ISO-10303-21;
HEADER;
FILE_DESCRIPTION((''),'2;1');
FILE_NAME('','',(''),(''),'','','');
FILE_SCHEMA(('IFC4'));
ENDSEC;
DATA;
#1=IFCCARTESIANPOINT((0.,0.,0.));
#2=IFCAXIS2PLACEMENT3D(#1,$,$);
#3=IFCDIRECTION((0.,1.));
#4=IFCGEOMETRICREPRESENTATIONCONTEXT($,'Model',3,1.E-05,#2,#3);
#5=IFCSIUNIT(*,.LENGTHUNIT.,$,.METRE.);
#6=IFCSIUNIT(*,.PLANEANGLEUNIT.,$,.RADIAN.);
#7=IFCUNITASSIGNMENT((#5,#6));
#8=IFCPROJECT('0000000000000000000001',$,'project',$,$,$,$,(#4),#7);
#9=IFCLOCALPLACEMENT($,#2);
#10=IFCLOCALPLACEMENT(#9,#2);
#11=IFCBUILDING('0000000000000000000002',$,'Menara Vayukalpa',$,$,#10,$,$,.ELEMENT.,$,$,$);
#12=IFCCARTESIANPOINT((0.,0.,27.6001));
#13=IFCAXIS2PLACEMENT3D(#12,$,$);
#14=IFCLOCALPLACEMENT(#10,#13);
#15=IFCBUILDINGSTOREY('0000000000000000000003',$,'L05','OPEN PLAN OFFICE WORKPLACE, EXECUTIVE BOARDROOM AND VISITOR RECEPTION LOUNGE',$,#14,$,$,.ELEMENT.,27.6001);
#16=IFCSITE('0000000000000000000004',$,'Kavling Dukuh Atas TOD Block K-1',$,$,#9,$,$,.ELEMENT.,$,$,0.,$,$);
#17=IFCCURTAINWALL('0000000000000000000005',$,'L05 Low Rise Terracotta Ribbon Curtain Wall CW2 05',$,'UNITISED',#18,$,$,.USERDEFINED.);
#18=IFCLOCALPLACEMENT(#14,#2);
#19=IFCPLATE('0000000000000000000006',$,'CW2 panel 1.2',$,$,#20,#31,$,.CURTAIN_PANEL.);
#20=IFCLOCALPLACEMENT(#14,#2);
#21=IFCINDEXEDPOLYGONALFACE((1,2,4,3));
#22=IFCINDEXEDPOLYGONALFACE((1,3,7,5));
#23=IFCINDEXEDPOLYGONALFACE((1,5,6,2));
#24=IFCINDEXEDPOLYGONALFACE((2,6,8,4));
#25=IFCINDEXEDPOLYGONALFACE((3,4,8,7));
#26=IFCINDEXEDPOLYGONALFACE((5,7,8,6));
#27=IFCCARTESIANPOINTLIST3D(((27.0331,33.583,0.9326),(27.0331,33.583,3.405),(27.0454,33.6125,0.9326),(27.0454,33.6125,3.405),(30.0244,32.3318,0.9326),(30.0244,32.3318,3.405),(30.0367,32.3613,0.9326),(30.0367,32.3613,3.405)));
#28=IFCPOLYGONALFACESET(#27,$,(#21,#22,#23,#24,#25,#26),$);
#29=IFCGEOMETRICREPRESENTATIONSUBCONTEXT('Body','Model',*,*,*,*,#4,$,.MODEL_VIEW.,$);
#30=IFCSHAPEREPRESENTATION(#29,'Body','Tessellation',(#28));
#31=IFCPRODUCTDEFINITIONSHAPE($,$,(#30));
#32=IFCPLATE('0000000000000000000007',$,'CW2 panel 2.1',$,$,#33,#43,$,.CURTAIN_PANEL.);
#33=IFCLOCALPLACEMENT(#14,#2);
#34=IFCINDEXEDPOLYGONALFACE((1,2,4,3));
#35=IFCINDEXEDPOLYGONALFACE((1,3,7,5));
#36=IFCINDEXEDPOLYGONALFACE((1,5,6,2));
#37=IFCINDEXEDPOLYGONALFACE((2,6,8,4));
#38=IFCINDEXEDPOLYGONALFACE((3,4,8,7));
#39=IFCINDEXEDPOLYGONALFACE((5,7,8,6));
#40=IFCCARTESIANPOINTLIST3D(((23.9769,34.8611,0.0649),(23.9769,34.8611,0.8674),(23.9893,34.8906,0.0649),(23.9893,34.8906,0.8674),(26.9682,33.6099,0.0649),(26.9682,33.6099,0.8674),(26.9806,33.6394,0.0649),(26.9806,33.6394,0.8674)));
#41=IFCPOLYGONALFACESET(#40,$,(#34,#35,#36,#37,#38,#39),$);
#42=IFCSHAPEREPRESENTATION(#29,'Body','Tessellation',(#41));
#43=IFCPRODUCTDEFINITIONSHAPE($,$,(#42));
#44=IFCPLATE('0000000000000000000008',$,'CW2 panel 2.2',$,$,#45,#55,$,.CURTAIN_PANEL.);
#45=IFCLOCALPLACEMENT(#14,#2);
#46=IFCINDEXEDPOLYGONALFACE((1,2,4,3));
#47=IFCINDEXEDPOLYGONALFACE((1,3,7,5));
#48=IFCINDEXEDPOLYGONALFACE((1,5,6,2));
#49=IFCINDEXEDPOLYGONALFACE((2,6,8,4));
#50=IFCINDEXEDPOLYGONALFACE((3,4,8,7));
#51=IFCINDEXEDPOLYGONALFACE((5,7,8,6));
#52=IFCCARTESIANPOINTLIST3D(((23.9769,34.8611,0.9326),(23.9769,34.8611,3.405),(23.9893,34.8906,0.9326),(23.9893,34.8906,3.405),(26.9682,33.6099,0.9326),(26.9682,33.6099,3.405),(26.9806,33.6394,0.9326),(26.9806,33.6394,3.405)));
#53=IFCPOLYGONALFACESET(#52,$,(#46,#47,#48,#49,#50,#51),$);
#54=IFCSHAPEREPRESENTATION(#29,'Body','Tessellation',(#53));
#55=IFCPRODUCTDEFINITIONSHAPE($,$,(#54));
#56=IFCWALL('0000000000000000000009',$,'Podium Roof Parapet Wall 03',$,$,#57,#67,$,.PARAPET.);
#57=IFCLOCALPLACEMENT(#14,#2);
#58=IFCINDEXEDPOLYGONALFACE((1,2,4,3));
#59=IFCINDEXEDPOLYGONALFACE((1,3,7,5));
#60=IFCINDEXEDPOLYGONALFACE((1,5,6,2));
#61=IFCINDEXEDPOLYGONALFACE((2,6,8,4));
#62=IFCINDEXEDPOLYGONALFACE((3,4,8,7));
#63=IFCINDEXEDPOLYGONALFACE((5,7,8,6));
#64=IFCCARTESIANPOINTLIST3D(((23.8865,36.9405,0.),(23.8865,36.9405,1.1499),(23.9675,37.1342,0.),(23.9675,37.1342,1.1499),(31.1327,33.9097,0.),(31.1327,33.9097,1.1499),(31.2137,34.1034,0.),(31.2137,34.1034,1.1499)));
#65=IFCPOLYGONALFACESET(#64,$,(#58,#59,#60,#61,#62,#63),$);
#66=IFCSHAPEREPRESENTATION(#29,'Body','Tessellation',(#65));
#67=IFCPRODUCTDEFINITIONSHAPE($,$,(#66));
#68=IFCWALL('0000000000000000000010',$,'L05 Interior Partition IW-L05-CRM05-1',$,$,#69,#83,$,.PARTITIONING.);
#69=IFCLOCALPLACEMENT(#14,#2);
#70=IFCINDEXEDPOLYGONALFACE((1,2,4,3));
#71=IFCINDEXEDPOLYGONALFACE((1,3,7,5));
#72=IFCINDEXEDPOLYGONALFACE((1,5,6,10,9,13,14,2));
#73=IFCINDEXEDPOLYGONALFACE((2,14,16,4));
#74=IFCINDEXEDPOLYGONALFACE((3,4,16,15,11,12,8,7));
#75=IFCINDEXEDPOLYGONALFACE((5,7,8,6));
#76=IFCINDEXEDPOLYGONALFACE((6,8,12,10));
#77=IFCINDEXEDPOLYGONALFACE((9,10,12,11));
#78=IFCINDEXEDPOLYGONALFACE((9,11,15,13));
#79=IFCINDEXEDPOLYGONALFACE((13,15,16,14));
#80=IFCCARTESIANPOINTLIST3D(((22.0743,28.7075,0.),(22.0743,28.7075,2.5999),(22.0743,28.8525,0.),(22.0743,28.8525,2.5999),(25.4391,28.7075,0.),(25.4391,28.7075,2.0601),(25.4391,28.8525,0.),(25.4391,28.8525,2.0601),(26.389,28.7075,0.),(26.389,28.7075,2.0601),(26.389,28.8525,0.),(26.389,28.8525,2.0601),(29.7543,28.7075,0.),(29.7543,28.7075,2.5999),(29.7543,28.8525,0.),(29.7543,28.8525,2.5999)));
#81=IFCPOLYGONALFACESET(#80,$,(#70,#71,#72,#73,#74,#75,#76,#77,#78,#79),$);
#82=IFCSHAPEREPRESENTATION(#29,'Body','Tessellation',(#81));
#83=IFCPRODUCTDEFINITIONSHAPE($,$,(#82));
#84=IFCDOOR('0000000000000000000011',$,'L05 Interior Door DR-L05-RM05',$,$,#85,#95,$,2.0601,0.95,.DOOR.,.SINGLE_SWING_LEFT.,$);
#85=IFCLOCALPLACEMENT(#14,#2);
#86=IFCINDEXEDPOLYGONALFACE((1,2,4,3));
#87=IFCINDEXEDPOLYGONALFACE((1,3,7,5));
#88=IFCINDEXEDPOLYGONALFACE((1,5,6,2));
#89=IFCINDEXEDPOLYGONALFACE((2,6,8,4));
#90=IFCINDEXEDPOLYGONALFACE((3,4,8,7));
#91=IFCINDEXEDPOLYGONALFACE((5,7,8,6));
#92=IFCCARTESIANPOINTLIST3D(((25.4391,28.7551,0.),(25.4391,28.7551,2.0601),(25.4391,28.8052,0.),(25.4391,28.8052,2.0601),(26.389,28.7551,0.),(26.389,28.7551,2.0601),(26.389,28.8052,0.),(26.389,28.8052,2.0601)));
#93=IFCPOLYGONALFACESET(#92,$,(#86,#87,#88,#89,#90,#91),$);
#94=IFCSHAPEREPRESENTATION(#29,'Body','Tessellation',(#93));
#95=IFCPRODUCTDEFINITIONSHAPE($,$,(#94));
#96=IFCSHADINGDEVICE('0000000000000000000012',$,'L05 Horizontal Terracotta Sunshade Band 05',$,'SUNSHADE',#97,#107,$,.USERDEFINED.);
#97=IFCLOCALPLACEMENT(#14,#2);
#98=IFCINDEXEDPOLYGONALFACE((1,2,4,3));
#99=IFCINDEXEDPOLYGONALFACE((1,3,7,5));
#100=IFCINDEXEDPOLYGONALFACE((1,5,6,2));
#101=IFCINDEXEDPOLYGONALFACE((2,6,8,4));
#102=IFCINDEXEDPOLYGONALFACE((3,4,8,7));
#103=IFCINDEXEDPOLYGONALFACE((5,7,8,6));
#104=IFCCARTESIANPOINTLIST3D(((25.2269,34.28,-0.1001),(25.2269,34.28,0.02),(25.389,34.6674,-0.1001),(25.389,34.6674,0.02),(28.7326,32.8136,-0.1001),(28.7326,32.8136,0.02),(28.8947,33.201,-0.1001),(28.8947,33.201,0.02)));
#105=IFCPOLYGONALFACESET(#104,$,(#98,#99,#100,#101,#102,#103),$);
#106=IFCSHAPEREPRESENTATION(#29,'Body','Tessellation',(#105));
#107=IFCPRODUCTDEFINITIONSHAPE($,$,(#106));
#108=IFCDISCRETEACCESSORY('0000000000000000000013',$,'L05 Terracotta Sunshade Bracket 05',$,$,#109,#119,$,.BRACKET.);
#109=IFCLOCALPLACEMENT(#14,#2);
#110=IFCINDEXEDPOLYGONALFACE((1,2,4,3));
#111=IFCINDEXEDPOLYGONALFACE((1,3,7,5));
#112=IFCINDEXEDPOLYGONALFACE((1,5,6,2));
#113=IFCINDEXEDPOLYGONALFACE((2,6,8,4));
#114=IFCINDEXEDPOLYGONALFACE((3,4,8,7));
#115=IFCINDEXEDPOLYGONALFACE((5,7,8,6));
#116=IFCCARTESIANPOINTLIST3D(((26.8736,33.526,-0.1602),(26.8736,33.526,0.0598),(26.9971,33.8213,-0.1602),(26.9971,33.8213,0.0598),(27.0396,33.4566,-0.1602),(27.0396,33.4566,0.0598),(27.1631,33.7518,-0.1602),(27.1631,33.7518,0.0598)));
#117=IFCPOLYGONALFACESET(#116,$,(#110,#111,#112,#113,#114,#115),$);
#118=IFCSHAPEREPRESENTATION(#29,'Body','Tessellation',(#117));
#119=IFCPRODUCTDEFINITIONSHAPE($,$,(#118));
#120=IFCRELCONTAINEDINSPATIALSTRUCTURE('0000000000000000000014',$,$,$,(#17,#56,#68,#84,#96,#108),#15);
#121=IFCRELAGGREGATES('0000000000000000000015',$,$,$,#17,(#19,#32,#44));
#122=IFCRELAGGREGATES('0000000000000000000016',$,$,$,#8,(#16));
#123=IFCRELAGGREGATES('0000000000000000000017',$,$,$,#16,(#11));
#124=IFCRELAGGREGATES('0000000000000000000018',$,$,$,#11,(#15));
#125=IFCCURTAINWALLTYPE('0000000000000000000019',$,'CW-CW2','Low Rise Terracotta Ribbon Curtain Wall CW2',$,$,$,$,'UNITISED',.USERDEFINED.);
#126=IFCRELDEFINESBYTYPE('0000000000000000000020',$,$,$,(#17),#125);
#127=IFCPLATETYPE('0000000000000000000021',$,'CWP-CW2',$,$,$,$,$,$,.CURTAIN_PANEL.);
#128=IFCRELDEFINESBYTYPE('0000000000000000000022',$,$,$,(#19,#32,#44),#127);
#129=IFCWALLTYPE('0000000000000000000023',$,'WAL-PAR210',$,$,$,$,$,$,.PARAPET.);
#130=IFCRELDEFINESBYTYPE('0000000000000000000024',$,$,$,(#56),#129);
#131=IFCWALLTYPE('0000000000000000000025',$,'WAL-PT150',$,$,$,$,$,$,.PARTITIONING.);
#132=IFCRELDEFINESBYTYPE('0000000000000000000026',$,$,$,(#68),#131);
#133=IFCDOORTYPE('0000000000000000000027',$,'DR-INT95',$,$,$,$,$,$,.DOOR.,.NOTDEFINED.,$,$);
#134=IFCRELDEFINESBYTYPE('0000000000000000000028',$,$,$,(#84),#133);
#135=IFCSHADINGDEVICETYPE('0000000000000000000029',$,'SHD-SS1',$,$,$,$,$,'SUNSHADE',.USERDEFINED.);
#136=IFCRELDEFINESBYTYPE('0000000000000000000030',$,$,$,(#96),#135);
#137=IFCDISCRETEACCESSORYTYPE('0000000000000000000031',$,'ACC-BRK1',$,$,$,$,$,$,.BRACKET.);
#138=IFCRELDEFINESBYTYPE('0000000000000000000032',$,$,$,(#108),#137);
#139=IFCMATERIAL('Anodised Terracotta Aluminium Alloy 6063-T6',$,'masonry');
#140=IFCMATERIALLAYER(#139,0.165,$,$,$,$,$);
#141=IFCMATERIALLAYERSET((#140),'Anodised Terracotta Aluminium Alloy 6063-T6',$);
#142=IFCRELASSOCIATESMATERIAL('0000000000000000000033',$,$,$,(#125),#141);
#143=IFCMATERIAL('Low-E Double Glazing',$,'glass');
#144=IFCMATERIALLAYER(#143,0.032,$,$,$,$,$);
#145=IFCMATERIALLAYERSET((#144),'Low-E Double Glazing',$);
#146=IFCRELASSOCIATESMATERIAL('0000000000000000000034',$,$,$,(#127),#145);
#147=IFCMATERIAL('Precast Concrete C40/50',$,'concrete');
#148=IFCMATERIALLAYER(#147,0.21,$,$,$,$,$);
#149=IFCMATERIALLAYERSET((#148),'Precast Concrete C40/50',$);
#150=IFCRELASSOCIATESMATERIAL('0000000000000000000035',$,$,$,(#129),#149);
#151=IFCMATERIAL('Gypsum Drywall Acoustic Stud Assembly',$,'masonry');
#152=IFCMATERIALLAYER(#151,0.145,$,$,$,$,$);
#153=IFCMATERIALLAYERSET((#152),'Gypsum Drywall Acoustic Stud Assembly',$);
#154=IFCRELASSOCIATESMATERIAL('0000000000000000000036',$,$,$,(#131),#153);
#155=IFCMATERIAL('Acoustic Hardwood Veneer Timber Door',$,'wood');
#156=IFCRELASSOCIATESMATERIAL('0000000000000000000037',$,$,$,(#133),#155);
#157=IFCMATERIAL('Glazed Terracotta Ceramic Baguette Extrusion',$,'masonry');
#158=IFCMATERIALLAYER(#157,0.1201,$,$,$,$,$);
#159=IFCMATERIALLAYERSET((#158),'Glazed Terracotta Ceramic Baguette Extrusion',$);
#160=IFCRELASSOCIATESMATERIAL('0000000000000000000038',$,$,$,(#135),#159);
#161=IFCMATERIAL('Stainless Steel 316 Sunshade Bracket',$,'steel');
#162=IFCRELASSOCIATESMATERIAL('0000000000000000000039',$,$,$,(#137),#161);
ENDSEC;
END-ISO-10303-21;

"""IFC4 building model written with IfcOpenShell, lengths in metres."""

from ifc_helpers import new_model, si_unit, direction, frame, frame_2d, origin, origin_2d, place, context, subcontext, project, spatial, rectangle, extrude, material, layer, layer_set, type_object, element, fill, aggregate, save


model = new_model("IFC4")

# Units and contexts
model_context = context("Model", 3, precision=1e-05, world=origin(), true_north=direction((0.0, 1.0)))
body_context = subcontext(model_context, "Body", "Model", "MODEL_VIEW")
ifc_project = project(units=[si_unit("LENGTHUNIT", "METRE"), si_unit("PLANEANGLEUNIT", "RADIAN")], contexts=[model_context])

# Site, building, storey
site_placement = place(None, origin())
site = spatial("IfcSite", under=ifc_project, at=site_placement, Name="Kavling Dukuh Atas TOD Block K-1", CompositionType="ELEMENT", RefElevation=0.0)
building_placement = place(site_placement, origin())
building = spatial("IfcBuilding", under=site, at=building_placement, Name="Menara Vayukalpa", CompositionType="ELEMENT")
storey_placement = place(building_placement, frame((0.0, 0.0, 27.6001)))
storey = spatial("IfcBuildingStorey", under=building, at=storey_placement, Name="L05", Description="OPEN PLAN OFFICE WORKPLACE, EXECUTIVE BOARDROOM AND VISITOR RECEPTION LOUNGE", CompositionType="ELEMENT", Elevation=27.6001)

# Shared definitions
ifc_material_1 = material(Name="Anodised Terracotta Aluminium Alloy 6063-T6", Category="masonry")
ifc_layer_1 = layer(ifc_material_1, 0.165)
ifc_layer_set_1 = layer_set([ifc_layer_1], Name="Anodised Terracotta Aluminium Alloy 6063-T6")
curtain_wall_type = type_object("IfcCurtainWallType", Name="CW-CW2", Description="Low Rise Terracotta Ribbon Curtain Wall CW2", ElementType="UNITISED", PredefinedType="USERDEFINED", material=ifc_layer_set_1)

# Curtain wall, plates
curtain_wall_1_placement = place(storey_placement, origin())
curtain_wall_1 = element("IfcCurtainWall", 1, at=curtain_wall_1_placement, inside=storey, type_object=curtain_wall_type, Name="L05 Low Rise Terracotta Ribbon Curtain Wall CW2 05", ObjectType="UNITISED", PredefinedType="USERDEFINED")
ifc_material_2 = material(Name="Low-E Double Glazing", Category="glass")
ifc_layer_2 = layer(ifc_material_2, 0.032)
ifc_layer_set_2 = layer_set([ifc_layer_2], Name="Low-E Double Glazing")
plate_type = type_object("IfcPlateType", Name="CWP-CW2", PredefinedType="CURTAIN_PANEL", material=ifc_layer_set_2)
plate_1_placement = place(storey_placement, frame((28.5349, 32.9722, 0.9326), z_axis=(0.0, 0.0, 1.0), x_axis=(-0.922543, 0.385895, 0.0)))
plate_1 = element("IfcPlate", 2, at=plate_1_placement, type_object=plate_type, Name="CW2 panel 1.2", PredefinedType="CURTAIN_PANEL", context=body_context, shape_type="SweptSolid", body=[
    extrude(rectangle(XDim=3.2424, YDim=0.032, at=origin_2d()), origin(), (0.0, 0.0, 1.0), 2.4724),
])
plate_2_placement = place(storey_placement, frame((25.4788, 34.2502, 0.0649), z_axis=(0.0, 0.0, 1.0), x_axis=(-0.922543, 0.385895, 0.0)))
plate_2 = element("IfcPlate", 3, at=plate_2_placement, type_object=plate_type, Name="CW2 panel 2.1", PredefinedType="CURTAIN_PANEL", context=body_context, shape_type="SweptSolid", body=[
    extrude(rectangle(XDim=3.2424, YDim=0.032, at=origin_2d()), origin(), (0.0, 0.0, 1.0), 0.8025),
])
plate_3_placement = place(storey_placement, frame((25.4788, 34.2502, 0.9326), z_axis=(0.0, 0.0, 1.0), x_axis=(-0.922543, 0.385895, 0.0)))
plate_3 = element("IfcPlate", 4, at=plate_3_placement, type_object=plate_type, Name="CW2 panel 2.2", PredefinedType="CURTAIN_PANEL", context=body_context, shape_type="SweptSolid", body=[
    extrude(rectangle(XDim=3.2424, YDim=0.032, at=origin_2d()), origin(), (0.0, 0.0, 1.0), 2.4724),
])
aggregate(curtain_wall_1, [plate_1, plate_2, plate_3])

# Wall
ifc_material_3 = material(Name="Precast Concrete C40/50", Category="concrete")
ifc_layer_3 = layer(ifc_material_3, 0.21)
ifc_layer_set_3 = layer_set([ifc_layer_3], Name="Precast Concrete C40/50")
wall_type_1 = type_object("IfcWallType", Name="WAL-PAR210", PredefinedType="PARAPET", material=ifc_layer_set_3)
wall_1_placement = place(storey_placement, frame((23.927, 37.0374, 0.0), z_axis=(0.0, 0.0, 1.0), x_axis=(0.922554, -0.385869, 0.0)))
element("IfcWall", 5, at=wall_1_placement, inside=storey, type_object=wall_type_1, Name="Podium Roof Parapet Wall 03", PredefinedType="PARAPET", context=body_context, shape_type="SweptSolid", body=[
    extrude(rectangle(XDim=7.8545, YDim=0.21, at=frame_2d((3.9272, 0.0))), origin(), (0.0, 0.0, 1.0), 1.1499),
])

# Wall, opening, door
ifc_material_4 = material(Name="Gypsum Drywall Acoustic Stud Assembly", Category="masonry")
ifc_layer_4 = layer(ifc_material_4, 0.145)
ifc_layer_set_4 = layer_set([ifc_layer_4], Name="Gypsum Drywall Acoustic Stud Assembly")
wall_type_2 = type_object("IfcWallType", Name="WAL-PT150", PredefinedType="PARTITIONING", material=ifc_layer_set_4)
wall_2_placement = place(storey_placement, frame((29.7542, 28.78, 0.0), z_axis=(0.0, 0.0, 1.0), x_axis=(-1.0, 0.0, 0.0)))
wall_2 = element("IfcWall", 6, at=wall_2_placement, inside=storey, type_object=wall_type_2, Name="L05 Interior Partition IW-L05-CRM05-1", PredefinedType="PARTITIONING", context=body_context, shape_type="SweptSolid", body=[
    extrude(rectangle(XDim=7.6799, YDim=0.145, at=frame_2d((3.8398, 0.0))), origin(), (0.0, 0.0, 1.0), 2.5999),
])
opening_placement = place(wall_2_placement, frame((3.365, 0.0, 0.0)))
opening = element("IfcOpeningElement", 7, at=opening_placement, cuts=wall_2, PredefinedType="OPENING", context=body_context, shape_type="SweptSolid", body=[
    extrude(rectangle(XDim=0.95, YDim=2.0601, at=frame_2d((0.4751, 1.03))), frame((0.0, 0.0825, 0.0), z_axis=(0.0, -1.0, 0.0), x_axis=(1.0, 0.0, 0.0)), (0.0, 0.0, 1.0), 0.165),
])
ifc_material_5 = material(Name="Acoustic Hardwood Veneer Timber Door", Category="wood")
door_type = type_object("IfcDoorType", Name="DR-INT95", OperationType="NOTDEFINED", PredefinedType="DOOR", material=ifc_material_5)
door_placement = place(opening_placement, origin())
door = element("IfcDoor", 8, at=door_placement, inside=storey, type_object=door_type, Name="L05 Interior Door DR-L05-RM05", OperationType="SINGLE_SWING_LEFT", OverallHeight=2.0601, OverallWidth=0.95, PredefinedType="DOOR", context=body_context, shape_type="SweptSolid", body=[
    extrude(rectangle(XDim=0.95, YDim=2.0601, at=frame_2d((0.4751, 1.03))), frame((0.0, 0.0249, 0.0), z_axis=(0.0, -1.0, 0.0), x_axis=(1.0, 0.0, 0.0)), (0.0, 0.0, 1.0), 0.05),
])
fill(opening, door)

# Shading device
ifc_material_6 = material(Name="Glazed Terracotta Ceramic Baguette Extrusion", Category="masonry")
ifc_layer_5 = layer(ifc_material_6, 0.1201)
ifc_layer_set_5 = layer_set([ifc_layer_5], Name="Glazed Terracotta Ceramic Baguette Extrusion")
shading_device_type = type_object("IfcShadingDeviceType", Name="SHD-SS1", ElementType="SUNSHADE", PredefinedType="USERDEFINED", material=ifc_layer_set_5)
shading_device_placement = place(storey_placement, frame((27.0608, 33.7405, -0.1001), z_axis=(0.0, 0.0, 1.0), x_axis=(-0.922545, 0.38589, 0.0)))
element("IfcShadingDevice", 9, at=shading_device_placement, inside=storey, type_object=shading_device_type, Name="L05 Horizontal Terracotta Sunshade Band 05", ObjectType="SUNSHADE", PredefinedType="USERDEFINED", context=body_context, shape_type="SweptSolid", body=[
    extrude(rectangle(XDim=3.8, YDim=0.4199, at=origin_2d()), origin(), (0.0, 0.0, 1.0), 0.1201),
])

# Discrete accessory
ifc_material_7 = material(Name="Stainless Steel 316 Sunshade Bracket", Category="steel")
discrete_accessory_type = type_object("IfcDiscreteAccessoryType", Name="ACC-BRK1", PredefinedType="BRACKET", material=ifc_material_7)
discrete_accessory_placement = place(storey_placement, frame((27.0183, 33.6389, -0.1602), z_axis=(0.0, 0.0, 1.0), x_axis=(-0.922545, 0.38589, 0.0)))
element("IfcDiscreteAccessory", 10, at=discrete_accessory_placement, inside=storey, type_object=discrete_accessory_type, Name="L05 Terracotta Sunshade Bracket 05", PredefinedType="BRACKET", context=body_context, shape_type="SweptSolid", body=[
    extrude(rectangle(XDim=0.1799, YDim=0.3201, at=origin_2d()), origin(), (0.0, 0.0, 1.0), 0.22),
])

save(model, "model.ifc")
